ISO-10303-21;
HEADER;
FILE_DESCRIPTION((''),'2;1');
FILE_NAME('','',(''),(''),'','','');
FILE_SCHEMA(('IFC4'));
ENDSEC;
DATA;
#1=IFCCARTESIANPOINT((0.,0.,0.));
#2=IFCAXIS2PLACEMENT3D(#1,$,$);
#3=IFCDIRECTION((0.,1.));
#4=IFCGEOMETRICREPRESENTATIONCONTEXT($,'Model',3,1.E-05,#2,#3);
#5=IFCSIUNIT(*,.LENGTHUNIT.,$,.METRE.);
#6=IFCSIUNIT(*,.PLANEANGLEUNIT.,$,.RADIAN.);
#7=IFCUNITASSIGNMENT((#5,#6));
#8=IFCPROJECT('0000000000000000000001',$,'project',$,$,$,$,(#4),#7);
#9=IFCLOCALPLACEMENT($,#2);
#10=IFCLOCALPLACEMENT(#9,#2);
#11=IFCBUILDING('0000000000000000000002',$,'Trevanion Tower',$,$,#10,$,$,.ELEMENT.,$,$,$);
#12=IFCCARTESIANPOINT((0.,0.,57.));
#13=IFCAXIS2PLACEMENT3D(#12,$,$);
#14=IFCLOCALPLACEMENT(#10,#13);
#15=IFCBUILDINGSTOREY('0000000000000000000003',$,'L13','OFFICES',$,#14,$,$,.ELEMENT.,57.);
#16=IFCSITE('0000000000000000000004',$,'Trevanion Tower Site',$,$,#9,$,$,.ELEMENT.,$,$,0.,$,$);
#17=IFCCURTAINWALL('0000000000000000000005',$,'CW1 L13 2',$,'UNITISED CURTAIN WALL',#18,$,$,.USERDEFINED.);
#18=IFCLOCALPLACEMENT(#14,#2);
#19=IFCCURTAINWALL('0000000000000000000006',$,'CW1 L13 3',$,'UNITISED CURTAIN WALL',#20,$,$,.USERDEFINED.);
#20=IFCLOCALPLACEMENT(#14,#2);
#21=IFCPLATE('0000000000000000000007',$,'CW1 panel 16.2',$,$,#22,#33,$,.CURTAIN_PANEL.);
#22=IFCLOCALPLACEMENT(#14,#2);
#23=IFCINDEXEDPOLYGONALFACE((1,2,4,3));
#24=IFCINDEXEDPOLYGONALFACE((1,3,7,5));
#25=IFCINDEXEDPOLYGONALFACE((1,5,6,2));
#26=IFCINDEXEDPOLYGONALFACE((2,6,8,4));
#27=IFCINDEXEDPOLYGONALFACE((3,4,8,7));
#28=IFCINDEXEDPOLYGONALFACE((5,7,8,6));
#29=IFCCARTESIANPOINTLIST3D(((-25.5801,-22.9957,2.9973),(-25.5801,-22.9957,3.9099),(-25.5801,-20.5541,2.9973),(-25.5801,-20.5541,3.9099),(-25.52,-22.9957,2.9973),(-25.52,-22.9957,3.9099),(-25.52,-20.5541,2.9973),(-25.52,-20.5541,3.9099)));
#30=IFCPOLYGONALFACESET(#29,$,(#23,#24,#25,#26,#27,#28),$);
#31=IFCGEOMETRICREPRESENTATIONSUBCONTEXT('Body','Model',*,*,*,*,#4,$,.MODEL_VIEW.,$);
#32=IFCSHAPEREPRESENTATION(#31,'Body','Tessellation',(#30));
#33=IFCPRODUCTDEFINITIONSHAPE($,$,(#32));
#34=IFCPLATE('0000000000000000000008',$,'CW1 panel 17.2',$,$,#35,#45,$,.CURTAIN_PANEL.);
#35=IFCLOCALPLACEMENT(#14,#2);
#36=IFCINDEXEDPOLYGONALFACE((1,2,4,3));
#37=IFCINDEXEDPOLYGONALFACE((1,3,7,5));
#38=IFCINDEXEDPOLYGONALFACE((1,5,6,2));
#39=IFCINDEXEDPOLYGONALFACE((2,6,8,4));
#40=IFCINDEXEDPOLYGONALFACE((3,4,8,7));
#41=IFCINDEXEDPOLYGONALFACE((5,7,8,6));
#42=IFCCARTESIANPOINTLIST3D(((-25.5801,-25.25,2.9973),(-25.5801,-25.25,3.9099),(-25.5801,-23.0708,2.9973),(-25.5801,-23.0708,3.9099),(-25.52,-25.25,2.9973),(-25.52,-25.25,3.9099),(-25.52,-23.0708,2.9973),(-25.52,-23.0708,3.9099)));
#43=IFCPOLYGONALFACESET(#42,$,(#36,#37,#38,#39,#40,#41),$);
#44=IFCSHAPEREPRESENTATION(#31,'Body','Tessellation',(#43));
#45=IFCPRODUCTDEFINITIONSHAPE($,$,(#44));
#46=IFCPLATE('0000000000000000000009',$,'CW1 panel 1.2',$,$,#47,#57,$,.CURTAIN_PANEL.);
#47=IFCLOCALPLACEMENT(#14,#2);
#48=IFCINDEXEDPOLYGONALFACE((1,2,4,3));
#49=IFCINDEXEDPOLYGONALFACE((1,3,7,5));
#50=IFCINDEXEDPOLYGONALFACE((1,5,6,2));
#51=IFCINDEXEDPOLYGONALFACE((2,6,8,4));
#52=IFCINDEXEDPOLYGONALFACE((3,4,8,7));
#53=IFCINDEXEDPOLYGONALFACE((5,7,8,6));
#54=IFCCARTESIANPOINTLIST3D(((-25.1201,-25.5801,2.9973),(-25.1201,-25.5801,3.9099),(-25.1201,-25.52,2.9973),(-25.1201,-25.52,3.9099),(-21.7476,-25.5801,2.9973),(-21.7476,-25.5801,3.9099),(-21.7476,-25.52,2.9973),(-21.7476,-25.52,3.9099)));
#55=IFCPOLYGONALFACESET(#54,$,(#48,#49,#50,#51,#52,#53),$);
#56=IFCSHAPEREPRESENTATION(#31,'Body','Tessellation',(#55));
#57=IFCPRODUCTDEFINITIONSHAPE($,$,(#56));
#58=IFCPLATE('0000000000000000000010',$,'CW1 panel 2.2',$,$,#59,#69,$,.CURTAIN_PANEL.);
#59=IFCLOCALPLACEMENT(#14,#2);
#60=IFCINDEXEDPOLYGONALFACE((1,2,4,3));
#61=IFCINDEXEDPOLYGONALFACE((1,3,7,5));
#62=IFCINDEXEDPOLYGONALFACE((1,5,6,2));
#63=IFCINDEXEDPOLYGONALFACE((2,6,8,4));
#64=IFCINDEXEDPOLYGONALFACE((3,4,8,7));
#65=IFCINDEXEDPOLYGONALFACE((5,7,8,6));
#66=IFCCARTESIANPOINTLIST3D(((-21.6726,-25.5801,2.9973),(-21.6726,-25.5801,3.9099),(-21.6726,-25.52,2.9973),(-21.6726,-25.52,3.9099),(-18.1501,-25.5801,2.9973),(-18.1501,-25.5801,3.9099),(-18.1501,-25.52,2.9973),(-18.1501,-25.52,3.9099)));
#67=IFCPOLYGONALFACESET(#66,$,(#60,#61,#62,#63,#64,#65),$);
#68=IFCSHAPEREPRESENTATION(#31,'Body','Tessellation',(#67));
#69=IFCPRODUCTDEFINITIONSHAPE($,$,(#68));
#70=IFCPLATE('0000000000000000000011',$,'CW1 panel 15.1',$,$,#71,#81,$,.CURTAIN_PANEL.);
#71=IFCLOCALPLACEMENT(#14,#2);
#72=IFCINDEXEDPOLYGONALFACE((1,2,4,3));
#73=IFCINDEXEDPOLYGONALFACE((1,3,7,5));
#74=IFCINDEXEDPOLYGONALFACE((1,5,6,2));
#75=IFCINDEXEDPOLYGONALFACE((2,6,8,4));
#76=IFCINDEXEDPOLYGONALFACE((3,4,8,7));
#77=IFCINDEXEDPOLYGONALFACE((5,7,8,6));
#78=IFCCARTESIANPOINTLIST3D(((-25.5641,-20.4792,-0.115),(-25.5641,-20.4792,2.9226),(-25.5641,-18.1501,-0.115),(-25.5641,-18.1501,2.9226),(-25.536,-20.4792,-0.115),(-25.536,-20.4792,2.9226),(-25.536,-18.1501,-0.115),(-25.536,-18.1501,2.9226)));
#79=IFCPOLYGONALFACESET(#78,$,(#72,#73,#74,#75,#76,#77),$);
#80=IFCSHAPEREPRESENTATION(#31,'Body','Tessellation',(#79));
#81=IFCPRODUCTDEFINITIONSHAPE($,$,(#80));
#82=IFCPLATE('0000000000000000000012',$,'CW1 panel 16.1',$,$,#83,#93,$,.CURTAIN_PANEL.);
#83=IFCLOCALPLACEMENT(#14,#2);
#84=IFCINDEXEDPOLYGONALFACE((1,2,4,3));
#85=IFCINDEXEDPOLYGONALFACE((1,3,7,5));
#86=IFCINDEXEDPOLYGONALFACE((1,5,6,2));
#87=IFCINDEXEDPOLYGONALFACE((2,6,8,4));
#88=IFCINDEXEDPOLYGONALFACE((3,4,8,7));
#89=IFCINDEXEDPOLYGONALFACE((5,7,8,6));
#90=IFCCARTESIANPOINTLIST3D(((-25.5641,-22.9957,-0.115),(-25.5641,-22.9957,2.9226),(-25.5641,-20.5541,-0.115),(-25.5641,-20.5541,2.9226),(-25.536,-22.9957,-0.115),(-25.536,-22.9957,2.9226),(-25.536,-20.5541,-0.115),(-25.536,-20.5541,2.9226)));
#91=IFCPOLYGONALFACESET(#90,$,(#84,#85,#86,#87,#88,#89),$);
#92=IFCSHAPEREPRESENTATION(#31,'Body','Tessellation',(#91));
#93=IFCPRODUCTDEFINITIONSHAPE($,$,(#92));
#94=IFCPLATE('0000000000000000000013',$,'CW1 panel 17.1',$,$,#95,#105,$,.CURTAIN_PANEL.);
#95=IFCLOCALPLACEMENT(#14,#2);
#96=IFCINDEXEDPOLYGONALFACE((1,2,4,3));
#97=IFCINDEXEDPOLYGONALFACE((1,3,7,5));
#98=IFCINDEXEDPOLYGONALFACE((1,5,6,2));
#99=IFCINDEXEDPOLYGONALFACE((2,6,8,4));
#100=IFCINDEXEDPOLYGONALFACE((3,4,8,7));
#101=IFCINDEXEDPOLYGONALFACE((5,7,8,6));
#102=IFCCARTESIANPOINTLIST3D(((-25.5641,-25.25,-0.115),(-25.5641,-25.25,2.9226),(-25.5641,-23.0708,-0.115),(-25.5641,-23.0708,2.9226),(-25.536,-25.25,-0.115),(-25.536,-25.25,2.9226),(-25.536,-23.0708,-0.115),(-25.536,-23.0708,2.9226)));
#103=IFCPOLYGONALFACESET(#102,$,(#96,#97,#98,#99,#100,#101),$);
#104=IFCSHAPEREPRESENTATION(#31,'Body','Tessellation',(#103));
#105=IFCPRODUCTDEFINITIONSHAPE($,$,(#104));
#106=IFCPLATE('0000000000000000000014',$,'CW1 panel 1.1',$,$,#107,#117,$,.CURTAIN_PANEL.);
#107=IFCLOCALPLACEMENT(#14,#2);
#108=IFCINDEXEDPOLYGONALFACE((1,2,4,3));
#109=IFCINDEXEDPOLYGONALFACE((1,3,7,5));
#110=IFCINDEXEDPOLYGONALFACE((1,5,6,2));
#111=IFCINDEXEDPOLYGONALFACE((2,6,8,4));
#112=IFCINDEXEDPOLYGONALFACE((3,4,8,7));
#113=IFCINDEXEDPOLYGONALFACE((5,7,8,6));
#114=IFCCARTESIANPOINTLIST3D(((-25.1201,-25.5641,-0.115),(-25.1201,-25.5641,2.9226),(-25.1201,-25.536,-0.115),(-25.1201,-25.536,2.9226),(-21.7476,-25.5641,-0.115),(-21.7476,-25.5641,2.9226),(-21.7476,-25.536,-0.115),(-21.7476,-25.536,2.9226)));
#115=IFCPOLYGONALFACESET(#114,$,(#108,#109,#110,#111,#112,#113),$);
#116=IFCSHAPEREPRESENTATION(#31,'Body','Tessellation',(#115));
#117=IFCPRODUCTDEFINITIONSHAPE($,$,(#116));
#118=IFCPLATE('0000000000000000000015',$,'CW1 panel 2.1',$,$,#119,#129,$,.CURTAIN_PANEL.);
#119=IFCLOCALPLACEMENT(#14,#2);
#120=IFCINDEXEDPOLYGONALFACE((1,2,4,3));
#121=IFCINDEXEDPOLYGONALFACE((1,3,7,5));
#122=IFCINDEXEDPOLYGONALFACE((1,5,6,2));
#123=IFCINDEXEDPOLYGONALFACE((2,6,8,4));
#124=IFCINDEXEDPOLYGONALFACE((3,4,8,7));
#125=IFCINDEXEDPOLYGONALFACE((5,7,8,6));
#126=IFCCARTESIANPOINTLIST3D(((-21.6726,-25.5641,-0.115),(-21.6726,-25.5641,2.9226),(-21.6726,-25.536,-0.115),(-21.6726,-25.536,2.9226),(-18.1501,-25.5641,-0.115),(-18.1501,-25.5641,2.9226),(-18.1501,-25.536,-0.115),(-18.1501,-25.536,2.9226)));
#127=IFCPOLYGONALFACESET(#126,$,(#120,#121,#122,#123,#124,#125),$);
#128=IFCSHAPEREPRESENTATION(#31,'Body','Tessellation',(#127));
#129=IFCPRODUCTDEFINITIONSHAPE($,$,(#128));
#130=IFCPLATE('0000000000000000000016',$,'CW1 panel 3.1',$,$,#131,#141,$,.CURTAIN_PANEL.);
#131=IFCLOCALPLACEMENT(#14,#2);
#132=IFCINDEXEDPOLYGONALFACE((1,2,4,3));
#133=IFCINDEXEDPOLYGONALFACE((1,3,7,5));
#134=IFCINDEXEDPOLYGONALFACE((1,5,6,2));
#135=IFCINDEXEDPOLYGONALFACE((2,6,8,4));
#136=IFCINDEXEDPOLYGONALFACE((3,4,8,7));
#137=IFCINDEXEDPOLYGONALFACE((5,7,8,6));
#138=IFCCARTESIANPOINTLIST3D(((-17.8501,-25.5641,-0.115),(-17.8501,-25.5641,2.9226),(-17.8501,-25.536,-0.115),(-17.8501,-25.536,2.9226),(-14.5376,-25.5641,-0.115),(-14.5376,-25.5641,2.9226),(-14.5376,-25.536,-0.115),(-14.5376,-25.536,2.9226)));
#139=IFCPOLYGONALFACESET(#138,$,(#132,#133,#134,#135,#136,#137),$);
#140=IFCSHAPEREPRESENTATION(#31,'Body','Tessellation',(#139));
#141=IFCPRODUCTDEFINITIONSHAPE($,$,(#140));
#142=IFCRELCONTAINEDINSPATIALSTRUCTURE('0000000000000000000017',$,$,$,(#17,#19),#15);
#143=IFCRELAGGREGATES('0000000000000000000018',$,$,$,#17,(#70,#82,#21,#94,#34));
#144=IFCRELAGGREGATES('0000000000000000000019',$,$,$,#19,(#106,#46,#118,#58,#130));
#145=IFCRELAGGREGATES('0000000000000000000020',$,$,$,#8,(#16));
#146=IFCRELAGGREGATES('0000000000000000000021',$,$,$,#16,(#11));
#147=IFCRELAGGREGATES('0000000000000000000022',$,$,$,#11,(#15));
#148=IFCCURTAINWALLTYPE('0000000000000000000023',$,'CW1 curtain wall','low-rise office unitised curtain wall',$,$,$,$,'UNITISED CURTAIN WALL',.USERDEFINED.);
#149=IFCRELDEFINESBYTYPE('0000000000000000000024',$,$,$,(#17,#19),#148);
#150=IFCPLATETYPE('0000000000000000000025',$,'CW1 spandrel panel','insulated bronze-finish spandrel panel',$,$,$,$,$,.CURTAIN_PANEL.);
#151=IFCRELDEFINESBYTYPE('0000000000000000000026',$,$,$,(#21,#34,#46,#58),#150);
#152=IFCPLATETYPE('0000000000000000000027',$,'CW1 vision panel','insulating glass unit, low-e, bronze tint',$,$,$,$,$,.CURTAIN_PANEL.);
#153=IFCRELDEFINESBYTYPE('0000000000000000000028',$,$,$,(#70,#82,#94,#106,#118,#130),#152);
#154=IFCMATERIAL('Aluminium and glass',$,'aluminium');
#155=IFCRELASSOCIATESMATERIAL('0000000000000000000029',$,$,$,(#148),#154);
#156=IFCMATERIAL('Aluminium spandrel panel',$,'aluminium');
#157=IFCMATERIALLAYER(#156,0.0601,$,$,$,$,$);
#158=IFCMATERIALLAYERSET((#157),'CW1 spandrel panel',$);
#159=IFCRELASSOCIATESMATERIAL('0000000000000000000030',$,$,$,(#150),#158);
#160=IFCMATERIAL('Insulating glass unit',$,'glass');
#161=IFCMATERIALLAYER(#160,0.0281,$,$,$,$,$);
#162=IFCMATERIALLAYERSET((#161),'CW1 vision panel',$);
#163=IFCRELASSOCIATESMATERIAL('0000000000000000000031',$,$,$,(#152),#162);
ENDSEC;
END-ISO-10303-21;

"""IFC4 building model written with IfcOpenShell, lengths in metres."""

from ifc_helpers import new_model, si_unit, direction, frame, origin, origin_2d, place, context, subcontext, project, spatial, rectangle, extrude, material, layer, layer_set, type_object, element, aggregate, save


model = new_model("IFC4")

# Units and contexts
model_context = context("Model", 3, precision=1e-05, world=origin(), true_north=direction((0.0, 1.0)))
body_context = subcontext(model_context, "Body", "Model", "MODEL_VIEW")
ifc_project = project(units=[si_unit("LENGTHUNIT", "METRE"), si_unit("PLANEANGLEUNIT", "RADIAN")], contexts=[model_context])

# Site, building, storey
site_placement = place(None, origin())
site = spatial("IfcSite", under=ifc_project, at=site_placement, Name="Trevanion Tower Site", CompositionType="ELEMENT", RefElevation=0.0)
building_placement = place(site_placement, origin())
building = spatial("IfcBuilding", under=site, at=building_placement, Name="Trevanion Tower", CompositionType="ELEMENT")
storey_placement = place(building_placement, frame((0.0, 0.0, 57.0)))
storey = spatial("IfcBuildingStorey", under=building, at=storey_placement, Name="L13", Description="OFFICES", CompositionType="ELEMENT", Elevation=57.0)

# Curtain wall
ifc_material_1 = material(Name="Aluminium and glass", Category="aluminium")
curtain_wall_type = type_object("IfcCurtainWallType", Name="CW1 curtain wall", Description="low-rise office unitised curtain wall", ElementType="UNITISED CURTAIN WALL", PredefinedType="USERDEFINED", material=ifc_material_1)
curtain_wall_1_placement = place(storey_placement, origin())
curtain_wall_1 = element("IfcCurtainWall", 1, at=curtain_wall_1_placement, inside=storey, type_object=curtain_wall_type, Name="CW1 L13 2", ObjectType="UNITISED CURTAIN WALL", PredefinedType="USERDEFINED")

# Curtain wall
curtain_wall_2_placement = place(storey_placement, origin())
curtain_wall_2 = element("IfcCurtainWall", 2, at=curtain_wall_2_placement, inside=storey, type_object=curtain_wall_type, Name="CW1 L13 3", ObjectType="UNITISED CURTAIN WALL", PredefinedType="USERDEFINED")

# Plates
ifc_material_2 = material(Name="Aluminium spandrel panel", Category="aluminium")
ifc_layer_1 = layer(ifc_material_2, 0.0601)
ifc_layer_set_1 = layer_set([ifc_layer_1], Name="CW1 spandrel panel")
plate_type_1 = type_object("IfcPlateType", Name="CW1 spandrel panel", Description="insulated bronze-finish spandrel panel", PredefinedType="CURTAIN_PANEL", material=ifc_layer_set_1)
plate_1_placement = place(storey_placement, frame((-25.55, -21.7749, 2.9973), z_axis=(0.0, 0.0, 1.0), x_axis=(0.0, -1.0, 0.0)))
plate_1 = element("IfcPlate", 3, at=plate_1_placement, type_object=plate_type_1, Name="CW1 panel 16.2", PredefinedType="CURTAIN_PANEL", context=body_context, shape_type="SweptSolid", body=[
    extrude(rectangle(XDim=2.4417, YDim=0.0601, at=origin_2d()), origin(), (0.0, 0.0, 1.0), 0.9126),
])
plate_2_placement = place(storey_placement, frame((-25.55, -24.1604, 2.9973), z_axis=(0.0, 0.0, 1.0), x_axis=(0.0, -1.0, 0.0)))
plate_2 = element("IfcPlate", 4, at=plate_2_placement, type_object=plate_type_1, Name="CW1 panel 17.2", PredefinedType="CURTAIN_PANEL", context=body_context, shape_type="SweptSolid", body=[
    extrude(rectangle(XDim=2.1792, YDim=0.0601, at=origin_2d()), origin(), (0.0, 0.0, 1.0), 0.9126),
])
plate_3_placement = place(storey_placement, frame((-23.4338, -25.55, 2.9973), z_axis=(0.0, 0.0, 1.0), x_axis=(1.0, 0.0, 0.0)))
plate_3 = element("IfcPlate", 5, at=plate_3_placement, type_object=plate_type_1, Name="CW1 panel 1.2", PredefinedType="CURTAIN_PANEL", context=body_context, shape_type="SweptSolid", body=[
    extrude(rectangle(XDim=3.3726, YDim=0.0601, at=origin_2d()), origin(), (0.0, 0.0, 1.0), 0.9126),
])
plate_4_placement = place(storey_placement, frame((-19.9114, -25.55, 2.9973), z_axis=(0.0, 0.0, 1.0), x_axis=(1.0, 0.0, 0.0)))
plate_4 = element("IfcPlate", 6, at=plate_4_placement, type_object=plate_type_1, Name="CW1 panel 2.2", PredefinedType="CURTAIN_PANEL", context=body_context, shape_type="SweptSolid", body=[
    extrude(rectangle(XDim=3.5225, YDim=0.0601, at=origin_2d()), origin(), (0.0, 0.0, 1.0), 0.9126),
])
ifc_material_3 = material(Name="Insulating glass unit", Category="glass")
ifc_layer_2 = layer(ifc_material_3, 0.0281)
ifc_layer_set_2 = layer_set([ifc_layer_2], Name="CW1 vision panel")
plate_type_2 = type_object("IfcPlateType", Name="CW1 vision panel", Description="insulating glass unit, low-e, bronze tint", PredefinedType="CURTAIN_PANEL", material=ifc_layer_set_2)
plate_5_placement = place(storey_placement, frame((-25.55, -19.3147, -0.115), z_axis=(0.0, 0.0, 1.0), x_axis=(0.0, -1.0, 0.0)))
plate_5 = element("IfcPlate", 7, at=plate_5_placement, type_object=plate_type_2, Name="CW1 panel 15.1", PredefinedType="CURTAIN_PANEL", context=body_context, shape_type="SweptSolid", body=[
    extrude(rectangle(XDim=2.3291, YDim=0.0281, at=origin_2d()), origin(), (0.0, 0.0, 1.0), 3.0376),
])
plate_6_placement = place(storey_placement, frame((-25.55, -21.7749, -0.115), z_axis=(0.0, 0.0, 1.0), x_axis=(0.0, -1.0, 0.0)))
plate_6 = element("IfcPlate", 8, at=plate_6_placement, type_object=plate_type_2, Name="CW1 panel 16.1", PredefinedType="CURTAIN_PANEL", context=body_context, shape_type="SweptSolid", body=[
    extrude(rectangle(XDim=2.4417, YDim=0.0281, at=origin_2d()), origin(), (0.0, 0.0, 1.0), 3.0376),
])
plate_7_placement = place(storey_placement, frame((-25.55, -24.1604, -0.115), z_axis=(0.0, 0.0, 1.0), x_axis=(0.0, -1.0, 0.0)))
plate_7 = element("IfcPlate", 9, at=plate_7_placement, type_object=plate_type_2, Name="CW1 panel 17.1", PredefinedType="CURTAIN_PANEL", context=body_context, shape_type="SweptSolid", body=[
    extrude(rectangle(XDim=2.1792, YDim=0.0281, at=origin_2d()), origin(), (0.0, 0.0, 1.0), 3.0376),
])
aggregate(curtain_wall_1, [plate_5, plate_6, plate_1, plate_7, plate_2])
plate_8_placement = place(storey_placement, frame((-23.4338, -25.55, -0.115), z_axis=(0.0, 0.0, 1.0), x_axis=(1.0, 0.0, 0.0)))
plate_8 = element("IfcPlate", 10, at=plate_8_placement, type_object=plate_type_2, Name="CW1 panel 1.1", PredefinedType="CURTAIN_PANEL", context=body_context, shape_type="SweptSolid", body=[
    extrude(rectangle(XDim=3.3726, YDim=0.0281, at=origin_2d()), origin(), (0.0, 0.0, 1.0), 3.0376),
])
plate_9_placement = place(storey_placement, frame((-19.9114, -25.55, -0.115), z_axis=(0.0, 0.0, 1.0), x_axis=(1.0, 0.0, 0.0)))
plate_9 = element("IfcPlate", 11, at=plate_9_placement, type_object=plate_type_2, Name="CW1 panel 2.1", PredefinedType="CURTAIN_PANEL", context=body_context, shape_type="SweptSolid", body=[
    extrude(rectangle(XDim=3.5225, YDim=0.0281, at=origin_2d()), origin(), (0.0, 0.0, 1.0), 3.0376),
])
plate_10_placement = place(storey_placement, frame((-16.1938, -25.55, -0.115), z_axis=(0.0, 0.0, 1.0), x_axis=(1.0, 0.0, 0.0)))
plate_10 = element("IfcPlate", 12, at=plate_10_placement, type_object=plate_type_2, Name="CW1 panel 3.1", PredefinedType="CURTAIN_PANEL", context=body_context, shape_type="SweptSolid", body=[
    extrude(rectangle(XDim=3.3125, YDim=0.0281, at=origin_2d()), origin(), (0.0, 0.0, 1.0), 3.0376),
])
aggregate(curtain_wall_2, [plate_8, plate_3, plate_9, plate_4, plate_10])

save(model, "model.ifc")
